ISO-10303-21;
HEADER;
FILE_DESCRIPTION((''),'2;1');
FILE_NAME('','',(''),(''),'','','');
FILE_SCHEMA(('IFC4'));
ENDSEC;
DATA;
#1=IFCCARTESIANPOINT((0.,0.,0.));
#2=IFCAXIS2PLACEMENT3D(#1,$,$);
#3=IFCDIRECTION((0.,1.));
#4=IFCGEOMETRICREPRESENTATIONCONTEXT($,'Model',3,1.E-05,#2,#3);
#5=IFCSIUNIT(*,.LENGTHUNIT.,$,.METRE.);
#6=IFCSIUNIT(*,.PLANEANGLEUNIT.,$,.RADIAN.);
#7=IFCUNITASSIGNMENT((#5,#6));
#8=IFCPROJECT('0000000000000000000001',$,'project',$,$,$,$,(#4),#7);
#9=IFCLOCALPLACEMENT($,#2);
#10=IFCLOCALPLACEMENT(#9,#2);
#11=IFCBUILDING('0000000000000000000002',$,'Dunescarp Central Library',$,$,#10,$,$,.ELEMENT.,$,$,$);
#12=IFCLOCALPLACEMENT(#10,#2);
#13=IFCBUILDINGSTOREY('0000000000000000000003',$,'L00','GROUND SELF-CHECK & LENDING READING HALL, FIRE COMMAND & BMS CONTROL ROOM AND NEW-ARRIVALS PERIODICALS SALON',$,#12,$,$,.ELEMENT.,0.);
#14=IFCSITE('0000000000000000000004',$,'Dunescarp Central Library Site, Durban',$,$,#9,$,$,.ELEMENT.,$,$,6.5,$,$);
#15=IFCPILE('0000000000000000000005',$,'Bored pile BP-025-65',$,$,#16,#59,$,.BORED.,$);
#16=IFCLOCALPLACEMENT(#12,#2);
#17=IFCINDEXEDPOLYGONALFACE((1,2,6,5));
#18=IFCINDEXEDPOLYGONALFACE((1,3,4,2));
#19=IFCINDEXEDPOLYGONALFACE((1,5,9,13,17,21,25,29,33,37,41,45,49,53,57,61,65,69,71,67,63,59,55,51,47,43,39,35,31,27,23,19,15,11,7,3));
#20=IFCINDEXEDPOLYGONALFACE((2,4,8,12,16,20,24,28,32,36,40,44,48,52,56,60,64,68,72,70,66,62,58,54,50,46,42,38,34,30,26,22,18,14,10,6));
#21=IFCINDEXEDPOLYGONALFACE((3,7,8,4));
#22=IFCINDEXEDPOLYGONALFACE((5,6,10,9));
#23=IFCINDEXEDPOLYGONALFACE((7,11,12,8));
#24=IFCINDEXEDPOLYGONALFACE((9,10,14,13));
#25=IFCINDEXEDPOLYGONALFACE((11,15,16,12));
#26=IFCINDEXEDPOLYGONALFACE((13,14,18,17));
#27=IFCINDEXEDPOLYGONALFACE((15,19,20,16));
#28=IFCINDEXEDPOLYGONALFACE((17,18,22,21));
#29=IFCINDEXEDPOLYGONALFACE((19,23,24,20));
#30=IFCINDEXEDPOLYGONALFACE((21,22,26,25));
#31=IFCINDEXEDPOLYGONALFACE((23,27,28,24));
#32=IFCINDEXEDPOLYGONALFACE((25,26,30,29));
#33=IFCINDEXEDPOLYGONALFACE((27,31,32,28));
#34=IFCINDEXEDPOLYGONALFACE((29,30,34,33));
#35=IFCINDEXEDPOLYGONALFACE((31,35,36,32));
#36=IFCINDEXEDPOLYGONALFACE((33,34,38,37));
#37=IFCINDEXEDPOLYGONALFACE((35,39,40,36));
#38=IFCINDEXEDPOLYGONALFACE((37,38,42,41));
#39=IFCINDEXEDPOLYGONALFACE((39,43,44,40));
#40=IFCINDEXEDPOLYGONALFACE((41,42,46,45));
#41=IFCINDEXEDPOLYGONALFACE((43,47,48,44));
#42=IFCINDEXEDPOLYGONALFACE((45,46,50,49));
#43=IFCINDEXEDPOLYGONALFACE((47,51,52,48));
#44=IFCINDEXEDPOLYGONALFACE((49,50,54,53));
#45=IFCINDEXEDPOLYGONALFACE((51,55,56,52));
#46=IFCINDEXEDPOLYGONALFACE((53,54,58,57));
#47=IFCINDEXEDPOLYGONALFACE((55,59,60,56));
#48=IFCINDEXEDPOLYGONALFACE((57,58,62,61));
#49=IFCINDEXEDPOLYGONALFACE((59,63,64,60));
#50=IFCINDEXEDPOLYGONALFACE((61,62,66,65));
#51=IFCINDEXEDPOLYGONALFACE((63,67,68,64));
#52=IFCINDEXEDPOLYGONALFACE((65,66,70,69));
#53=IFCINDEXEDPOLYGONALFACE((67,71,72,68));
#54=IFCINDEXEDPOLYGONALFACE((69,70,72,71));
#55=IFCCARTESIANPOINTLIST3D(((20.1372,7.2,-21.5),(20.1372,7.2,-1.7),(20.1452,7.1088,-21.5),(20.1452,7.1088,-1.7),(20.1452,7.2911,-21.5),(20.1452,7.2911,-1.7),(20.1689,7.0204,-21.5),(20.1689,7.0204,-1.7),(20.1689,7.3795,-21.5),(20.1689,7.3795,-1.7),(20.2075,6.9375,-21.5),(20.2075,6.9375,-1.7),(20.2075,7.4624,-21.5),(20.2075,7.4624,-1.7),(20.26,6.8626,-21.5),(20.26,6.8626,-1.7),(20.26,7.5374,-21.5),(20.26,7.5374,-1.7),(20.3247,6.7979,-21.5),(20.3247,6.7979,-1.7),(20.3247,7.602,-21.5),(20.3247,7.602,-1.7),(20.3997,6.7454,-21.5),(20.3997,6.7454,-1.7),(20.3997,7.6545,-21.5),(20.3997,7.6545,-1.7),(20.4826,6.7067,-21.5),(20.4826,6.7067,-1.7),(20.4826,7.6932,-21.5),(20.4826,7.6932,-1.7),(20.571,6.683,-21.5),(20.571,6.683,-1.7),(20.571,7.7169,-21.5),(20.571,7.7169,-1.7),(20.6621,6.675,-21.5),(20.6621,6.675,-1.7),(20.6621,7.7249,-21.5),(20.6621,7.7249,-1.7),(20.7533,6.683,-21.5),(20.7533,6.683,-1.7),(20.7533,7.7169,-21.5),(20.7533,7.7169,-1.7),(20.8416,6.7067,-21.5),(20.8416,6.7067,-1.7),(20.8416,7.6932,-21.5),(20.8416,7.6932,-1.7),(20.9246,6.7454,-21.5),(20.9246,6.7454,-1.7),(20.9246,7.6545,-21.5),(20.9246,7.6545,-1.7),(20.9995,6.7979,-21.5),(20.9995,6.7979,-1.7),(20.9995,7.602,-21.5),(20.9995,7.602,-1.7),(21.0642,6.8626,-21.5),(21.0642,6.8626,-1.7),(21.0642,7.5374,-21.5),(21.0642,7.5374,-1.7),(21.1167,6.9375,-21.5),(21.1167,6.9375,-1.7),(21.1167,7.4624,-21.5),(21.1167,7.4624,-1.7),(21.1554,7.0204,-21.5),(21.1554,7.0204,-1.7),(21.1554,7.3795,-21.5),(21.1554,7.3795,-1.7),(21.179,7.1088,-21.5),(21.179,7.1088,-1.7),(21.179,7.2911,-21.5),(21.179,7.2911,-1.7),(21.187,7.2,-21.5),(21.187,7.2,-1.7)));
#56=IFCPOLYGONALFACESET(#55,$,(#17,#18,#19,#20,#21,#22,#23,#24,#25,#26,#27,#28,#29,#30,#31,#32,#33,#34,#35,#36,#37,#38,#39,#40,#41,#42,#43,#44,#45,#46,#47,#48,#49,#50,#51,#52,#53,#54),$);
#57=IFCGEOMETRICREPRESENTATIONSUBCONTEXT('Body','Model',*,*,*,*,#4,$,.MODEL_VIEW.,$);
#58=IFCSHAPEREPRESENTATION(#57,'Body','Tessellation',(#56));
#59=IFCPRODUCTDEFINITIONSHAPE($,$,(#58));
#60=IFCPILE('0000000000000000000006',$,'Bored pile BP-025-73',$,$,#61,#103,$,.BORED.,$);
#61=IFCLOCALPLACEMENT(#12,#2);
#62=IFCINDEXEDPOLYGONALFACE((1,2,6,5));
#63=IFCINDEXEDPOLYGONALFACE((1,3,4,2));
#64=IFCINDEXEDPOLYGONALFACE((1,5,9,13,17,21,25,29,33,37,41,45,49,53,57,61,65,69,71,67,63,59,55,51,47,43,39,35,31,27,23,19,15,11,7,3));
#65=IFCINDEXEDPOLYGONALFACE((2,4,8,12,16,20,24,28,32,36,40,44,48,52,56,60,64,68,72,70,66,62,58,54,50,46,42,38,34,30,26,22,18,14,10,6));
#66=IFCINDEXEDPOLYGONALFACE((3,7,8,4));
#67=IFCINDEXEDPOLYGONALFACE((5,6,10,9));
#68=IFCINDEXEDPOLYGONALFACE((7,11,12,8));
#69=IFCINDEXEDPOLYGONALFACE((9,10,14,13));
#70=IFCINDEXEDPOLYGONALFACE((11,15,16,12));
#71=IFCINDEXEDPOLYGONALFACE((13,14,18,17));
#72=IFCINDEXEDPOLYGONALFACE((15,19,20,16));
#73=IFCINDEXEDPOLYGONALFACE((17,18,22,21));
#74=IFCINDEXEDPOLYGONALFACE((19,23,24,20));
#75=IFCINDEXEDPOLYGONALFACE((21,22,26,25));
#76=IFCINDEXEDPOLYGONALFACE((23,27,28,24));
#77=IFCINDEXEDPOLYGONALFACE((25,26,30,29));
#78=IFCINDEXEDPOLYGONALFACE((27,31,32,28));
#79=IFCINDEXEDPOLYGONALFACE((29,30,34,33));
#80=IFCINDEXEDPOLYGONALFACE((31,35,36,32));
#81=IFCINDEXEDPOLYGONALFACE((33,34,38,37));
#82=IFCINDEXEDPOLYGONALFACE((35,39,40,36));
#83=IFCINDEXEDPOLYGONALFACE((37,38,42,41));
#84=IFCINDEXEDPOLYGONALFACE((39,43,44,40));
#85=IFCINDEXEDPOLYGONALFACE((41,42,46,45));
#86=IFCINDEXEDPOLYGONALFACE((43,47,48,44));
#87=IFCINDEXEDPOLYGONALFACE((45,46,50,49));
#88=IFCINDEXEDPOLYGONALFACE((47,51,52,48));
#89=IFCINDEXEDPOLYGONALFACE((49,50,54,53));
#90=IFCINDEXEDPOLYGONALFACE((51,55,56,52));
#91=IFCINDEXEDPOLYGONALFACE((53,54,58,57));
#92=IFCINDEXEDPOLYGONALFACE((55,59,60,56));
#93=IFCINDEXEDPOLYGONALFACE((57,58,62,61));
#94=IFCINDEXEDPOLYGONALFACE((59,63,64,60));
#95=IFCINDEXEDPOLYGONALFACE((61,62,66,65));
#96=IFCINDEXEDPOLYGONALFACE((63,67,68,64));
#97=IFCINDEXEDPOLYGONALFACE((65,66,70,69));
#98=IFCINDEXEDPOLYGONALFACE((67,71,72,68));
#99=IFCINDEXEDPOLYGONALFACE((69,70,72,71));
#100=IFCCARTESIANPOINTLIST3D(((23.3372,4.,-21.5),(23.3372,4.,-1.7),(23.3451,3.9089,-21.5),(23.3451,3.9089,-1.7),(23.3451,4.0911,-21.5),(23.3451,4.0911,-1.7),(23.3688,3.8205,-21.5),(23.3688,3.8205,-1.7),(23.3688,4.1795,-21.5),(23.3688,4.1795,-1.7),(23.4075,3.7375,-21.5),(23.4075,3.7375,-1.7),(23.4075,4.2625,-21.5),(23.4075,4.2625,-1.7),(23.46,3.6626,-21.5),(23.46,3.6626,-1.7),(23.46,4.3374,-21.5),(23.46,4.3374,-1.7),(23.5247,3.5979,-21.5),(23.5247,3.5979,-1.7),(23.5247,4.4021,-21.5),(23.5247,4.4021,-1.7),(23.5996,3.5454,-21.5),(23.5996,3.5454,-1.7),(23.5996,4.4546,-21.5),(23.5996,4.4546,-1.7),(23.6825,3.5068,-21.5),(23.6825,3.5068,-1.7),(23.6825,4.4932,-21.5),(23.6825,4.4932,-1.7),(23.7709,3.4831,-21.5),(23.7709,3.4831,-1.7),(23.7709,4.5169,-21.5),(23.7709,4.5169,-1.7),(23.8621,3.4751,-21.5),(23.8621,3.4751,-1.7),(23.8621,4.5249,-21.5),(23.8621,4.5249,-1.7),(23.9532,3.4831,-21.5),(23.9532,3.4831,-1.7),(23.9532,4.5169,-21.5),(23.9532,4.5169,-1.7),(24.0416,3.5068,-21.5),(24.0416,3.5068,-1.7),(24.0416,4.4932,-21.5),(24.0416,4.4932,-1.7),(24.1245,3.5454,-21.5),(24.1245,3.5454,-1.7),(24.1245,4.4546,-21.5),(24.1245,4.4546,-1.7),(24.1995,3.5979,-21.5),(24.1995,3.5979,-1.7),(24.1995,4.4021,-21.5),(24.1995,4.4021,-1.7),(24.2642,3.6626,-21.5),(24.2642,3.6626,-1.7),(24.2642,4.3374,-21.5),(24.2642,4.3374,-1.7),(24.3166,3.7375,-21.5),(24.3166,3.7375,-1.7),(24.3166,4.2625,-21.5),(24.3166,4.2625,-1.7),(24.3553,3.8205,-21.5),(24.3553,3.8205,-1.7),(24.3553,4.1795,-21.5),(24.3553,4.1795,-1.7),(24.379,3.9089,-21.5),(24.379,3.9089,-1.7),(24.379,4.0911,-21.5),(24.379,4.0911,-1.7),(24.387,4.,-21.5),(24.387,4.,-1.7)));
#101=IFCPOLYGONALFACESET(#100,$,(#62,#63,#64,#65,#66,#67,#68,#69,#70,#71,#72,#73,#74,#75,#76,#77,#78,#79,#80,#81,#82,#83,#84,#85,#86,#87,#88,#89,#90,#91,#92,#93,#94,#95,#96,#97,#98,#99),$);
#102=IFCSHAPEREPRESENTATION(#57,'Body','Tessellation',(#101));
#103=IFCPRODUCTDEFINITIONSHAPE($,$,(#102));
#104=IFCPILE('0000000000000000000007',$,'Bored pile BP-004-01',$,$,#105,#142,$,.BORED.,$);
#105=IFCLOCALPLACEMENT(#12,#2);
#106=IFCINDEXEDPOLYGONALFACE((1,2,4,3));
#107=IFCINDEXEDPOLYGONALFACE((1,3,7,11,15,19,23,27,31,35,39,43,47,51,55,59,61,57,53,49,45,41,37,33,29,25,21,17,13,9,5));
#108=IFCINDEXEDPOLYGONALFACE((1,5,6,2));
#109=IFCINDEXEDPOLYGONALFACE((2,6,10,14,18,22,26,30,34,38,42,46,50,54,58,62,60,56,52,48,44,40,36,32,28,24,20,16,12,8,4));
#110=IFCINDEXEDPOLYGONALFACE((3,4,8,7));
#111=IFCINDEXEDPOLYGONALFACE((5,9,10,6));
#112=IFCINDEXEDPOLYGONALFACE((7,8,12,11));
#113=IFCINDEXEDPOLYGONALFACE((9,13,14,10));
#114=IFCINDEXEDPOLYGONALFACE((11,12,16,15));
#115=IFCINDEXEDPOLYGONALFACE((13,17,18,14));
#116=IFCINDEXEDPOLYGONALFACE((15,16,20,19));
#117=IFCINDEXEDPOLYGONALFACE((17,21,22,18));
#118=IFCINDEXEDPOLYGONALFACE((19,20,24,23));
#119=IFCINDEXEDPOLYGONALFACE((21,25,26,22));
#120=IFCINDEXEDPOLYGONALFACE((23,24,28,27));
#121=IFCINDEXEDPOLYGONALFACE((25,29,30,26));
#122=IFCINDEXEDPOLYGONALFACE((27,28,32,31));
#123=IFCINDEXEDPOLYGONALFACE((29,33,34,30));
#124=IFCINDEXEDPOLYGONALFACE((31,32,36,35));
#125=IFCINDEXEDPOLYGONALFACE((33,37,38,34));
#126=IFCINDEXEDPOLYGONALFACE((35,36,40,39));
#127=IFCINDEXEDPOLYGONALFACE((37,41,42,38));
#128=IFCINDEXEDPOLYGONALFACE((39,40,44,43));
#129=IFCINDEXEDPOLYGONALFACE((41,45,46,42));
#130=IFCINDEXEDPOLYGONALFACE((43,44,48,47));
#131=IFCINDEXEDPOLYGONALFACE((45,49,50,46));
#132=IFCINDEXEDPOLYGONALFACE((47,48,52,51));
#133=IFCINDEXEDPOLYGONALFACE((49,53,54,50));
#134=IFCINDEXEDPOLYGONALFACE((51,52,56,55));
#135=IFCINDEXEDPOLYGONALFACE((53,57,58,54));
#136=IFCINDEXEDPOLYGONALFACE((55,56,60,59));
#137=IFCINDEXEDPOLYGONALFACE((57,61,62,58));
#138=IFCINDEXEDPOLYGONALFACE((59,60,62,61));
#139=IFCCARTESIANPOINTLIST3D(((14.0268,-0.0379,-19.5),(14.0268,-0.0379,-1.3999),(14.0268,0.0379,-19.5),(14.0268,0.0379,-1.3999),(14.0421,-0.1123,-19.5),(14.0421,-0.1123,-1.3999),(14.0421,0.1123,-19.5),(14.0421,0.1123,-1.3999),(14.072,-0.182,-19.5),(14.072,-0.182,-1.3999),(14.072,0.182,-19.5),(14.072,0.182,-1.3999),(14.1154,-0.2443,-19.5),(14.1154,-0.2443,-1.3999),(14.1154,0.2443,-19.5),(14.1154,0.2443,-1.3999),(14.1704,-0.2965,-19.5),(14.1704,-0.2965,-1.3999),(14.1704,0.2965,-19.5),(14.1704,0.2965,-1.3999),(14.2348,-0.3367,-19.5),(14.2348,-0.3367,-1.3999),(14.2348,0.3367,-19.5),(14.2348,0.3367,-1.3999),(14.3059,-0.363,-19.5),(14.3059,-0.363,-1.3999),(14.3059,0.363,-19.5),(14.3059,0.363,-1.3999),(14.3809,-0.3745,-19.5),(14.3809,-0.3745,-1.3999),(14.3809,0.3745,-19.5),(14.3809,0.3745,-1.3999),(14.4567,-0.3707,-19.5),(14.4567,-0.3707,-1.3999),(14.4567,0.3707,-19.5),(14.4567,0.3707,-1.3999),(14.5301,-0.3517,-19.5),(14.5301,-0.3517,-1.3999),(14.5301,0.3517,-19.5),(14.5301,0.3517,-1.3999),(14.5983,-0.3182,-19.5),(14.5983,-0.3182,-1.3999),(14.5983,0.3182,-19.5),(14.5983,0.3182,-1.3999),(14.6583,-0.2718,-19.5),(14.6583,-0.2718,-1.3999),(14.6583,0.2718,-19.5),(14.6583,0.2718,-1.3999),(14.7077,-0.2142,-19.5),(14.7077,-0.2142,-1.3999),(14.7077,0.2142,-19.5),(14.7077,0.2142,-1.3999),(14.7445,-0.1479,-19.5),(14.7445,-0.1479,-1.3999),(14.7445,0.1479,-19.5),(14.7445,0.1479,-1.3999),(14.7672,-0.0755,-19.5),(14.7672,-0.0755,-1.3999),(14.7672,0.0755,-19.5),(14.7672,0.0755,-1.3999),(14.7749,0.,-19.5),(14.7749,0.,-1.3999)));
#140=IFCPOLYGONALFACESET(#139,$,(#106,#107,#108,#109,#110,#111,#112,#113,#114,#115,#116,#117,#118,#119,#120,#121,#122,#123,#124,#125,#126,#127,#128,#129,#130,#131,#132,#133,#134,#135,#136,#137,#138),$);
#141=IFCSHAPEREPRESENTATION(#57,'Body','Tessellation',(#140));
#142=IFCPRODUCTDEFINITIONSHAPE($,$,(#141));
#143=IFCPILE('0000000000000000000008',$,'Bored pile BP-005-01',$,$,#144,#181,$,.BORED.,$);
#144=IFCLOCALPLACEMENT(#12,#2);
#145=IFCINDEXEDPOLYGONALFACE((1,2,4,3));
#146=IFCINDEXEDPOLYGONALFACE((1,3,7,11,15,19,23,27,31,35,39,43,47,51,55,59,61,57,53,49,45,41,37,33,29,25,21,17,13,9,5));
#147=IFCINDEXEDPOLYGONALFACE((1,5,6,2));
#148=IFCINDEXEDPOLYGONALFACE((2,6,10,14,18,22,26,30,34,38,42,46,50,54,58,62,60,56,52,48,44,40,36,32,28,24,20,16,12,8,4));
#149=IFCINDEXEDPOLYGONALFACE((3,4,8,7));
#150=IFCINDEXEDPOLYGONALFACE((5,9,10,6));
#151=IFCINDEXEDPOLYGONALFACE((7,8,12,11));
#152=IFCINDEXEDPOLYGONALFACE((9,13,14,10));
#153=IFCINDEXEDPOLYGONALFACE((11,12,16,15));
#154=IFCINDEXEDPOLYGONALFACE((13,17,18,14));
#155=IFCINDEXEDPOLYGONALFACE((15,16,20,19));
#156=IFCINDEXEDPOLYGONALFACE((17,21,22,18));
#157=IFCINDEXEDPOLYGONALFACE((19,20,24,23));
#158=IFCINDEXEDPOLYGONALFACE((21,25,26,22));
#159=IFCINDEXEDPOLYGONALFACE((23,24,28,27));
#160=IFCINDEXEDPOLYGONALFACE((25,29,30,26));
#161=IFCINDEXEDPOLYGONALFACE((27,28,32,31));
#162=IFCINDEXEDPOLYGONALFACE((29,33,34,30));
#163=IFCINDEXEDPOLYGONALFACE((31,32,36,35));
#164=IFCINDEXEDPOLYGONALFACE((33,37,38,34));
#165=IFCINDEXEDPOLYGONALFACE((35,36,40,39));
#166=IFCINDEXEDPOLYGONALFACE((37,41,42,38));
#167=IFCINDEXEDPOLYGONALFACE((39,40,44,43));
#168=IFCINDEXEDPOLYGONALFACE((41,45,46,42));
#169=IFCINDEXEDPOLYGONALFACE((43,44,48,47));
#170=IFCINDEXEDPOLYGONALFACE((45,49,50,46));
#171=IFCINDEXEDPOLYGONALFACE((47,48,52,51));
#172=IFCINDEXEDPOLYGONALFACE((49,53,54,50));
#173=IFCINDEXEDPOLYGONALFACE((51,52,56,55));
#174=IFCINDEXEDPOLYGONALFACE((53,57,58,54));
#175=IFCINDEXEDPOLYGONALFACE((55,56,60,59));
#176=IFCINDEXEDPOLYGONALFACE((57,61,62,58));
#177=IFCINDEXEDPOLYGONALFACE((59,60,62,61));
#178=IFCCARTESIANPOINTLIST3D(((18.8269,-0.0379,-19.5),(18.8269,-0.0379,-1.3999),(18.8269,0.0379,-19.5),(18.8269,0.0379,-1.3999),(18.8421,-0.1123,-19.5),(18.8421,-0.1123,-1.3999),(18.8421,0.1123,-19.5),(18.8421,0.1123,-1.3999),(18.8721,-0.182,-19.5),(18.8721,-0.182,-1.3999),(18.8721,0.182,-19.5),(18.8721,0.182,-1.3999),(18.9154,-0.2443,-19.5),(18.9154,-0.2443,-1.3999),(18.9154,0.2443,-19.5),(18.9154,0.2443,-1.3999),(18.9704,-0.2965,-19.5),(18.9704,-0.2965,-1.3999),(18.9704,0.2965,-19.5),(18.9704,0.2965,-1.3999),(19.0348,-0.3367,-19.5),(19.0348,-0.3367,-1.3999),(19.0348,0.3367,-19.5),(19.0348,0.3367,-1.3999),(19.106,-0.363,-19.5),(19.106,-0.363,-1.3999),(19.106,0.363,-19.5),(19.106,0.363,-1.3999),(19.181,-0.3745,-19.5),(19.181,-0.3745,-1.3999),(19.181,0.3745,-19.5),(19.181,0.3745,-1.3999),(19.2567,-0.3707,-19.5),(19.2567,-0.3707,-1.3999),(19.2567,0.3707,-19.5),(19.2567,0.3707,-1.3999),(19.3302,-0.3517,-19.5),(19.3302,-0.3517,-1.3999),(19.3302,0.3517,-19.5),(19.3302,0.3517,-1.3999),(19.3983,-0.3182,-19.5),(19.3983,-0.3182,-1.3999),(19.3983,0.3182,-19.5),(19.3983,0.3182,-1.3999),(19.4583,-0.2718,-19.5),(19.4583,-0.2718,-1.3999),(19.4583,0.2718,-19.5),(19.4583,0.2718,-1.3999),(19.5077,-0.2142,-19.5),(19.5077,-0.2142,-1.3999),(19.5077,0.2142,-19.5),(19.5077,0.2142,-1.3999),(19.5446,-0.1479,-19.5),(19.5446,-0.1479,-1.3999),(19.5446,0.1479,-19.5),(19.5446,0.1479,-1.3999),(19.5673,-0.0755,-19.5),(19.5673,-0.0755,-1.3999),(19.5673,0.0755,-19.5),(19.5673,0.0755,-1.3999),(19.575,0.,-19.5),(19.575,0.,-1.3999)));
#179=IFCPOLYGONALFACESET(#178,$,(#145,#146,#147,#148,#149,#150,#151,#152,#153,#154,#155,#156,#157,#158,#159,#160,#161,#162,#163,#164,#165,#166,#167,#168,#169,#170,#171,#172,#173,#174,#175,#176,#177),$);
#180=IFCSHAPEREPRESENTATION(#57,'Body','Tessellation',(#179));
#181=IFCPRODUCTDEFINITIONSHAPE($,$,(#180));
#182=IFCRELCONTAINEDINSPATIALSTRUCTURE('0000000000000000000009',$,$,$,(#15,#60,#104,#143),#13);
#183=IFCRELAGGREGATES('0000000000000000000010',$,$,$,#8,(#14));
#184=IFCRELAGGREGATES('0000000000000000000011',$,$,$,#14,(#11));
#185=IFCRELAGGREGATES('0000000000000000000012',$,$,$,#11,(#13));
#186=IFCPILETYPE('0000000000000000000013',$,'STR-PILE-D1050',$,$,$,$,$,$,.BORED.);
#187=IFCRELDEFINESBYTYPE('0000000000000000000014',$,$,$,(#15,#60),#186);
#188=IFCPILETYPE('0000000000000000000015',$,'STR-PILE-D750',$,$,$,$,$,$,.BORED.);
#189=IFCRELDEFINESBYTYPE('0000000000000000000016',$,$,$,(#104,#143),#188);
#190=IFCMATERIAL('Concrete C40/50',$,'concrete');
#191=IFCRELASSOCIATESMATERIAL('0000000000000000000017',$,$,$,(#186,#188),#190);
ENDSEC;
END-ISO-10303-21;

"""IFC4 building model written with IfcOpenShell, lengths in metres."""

from ifc_helpers import new_model, si_unit, direction, frame, origin, origin_2d, place, context, subcontext, project, spatial, circle, extrude, material, material_profile, profile_set, type_object, element, save


model = new_model("IFC4")

# Units and contexts
model_context = context("Model", 3, precision=1e-05, world=origin(), true_north=direction((0.0, 1.0)))
body_context = subcontext(model_context, "Body", "Model", "MODEL_VIEW")
ifc_project = project(units=[si_unit("LENGTHUNIT", "METRE"), si_unit("PLANEANGLEUNIT", "RADIAN")], contexts=[model_context])

# Site, building, storey
site_placement = place(None, origin())
site = spatial("IfcSite", under=ifc_project, at=site_placement, Name="Dunescarp Central Library Site, Durban", CompositionType="ELEMENT", RefElevation=6.5)
building_placement = place(site_placement, origin())
building = spatial("IfcBuilding", under=site, at=building_placement, Name="Dunescarp Central Library", CompositionType="ELEMENT")
storey_placement = place(building_placement, origin())
storey = spatial("IfcBuildingStorey", under=building, at=storey_placement, Name="L00", Description="GROUND SELF-CHECK & LENDING READING HALL, FIRE COMMAND & BMS CONTROL ROOM AND NEW-ARRIVALS PERIODICALS SALON", CompositionType="ELEMENT", Elevation=0.0)

# Shared definitions
ifc_material_1 = material(Name="Concrete C40/50", Category="concrete")

# Piles
ifc_material_profile_1 = material_profile(ifc_material_1, circle(Radius=0.5249, at=origin_2d()), Name="PILE D1050")
ifc_profile_set_1 = profile_set([ifc_material_profile_1], Name="Concrete C40/50")
pile_type_1 = type_object("IfcPileType", Name="STR-PILE-D1050", PredefinedType="BORED", material=ifc_profile_set_1)
for number, where, z_axis, x_axis, name in (
    (1, (20.6621, 7.2, -1.7), (0.0, 0.0, -1.0), (1.0, 0.0, 0.0), "Bored pile BP-025-65"),
    (2, (23.8621, 4.0, -1.7), (0.0, 0.0, -1.0), (1.0, 0.0, 0.0), "Bored pile BP-025-73"),
):
    element("IfcPile", number, at=place(storey_placement, frame(where, z_axis=z_axis, x_axis=x_axis)), inside=storey, type_object=pile_type_1, Name=name, PredefinedType="BORED", context=body_context, shape_type="SweptSolid", body=[
        extrude(circle(Radius=0.5249, at=origin_2d()), origin(), (0.0, 0.0, 1.0), 19.8),
    ])
ifc_material_profile_2 = material_profile(ifc_material_1, circle(Radius=0.375, at=origin_2d()), Name="PILE D750")
ifc_profile_set_2 = profile_set([ifc_material_profile_2], Name="Concrete C40/50")
pile_type_2 = type_object("IfcPileType", Name="STR-PILE-D750", PredefinedType="BORED", material=ifc_profile_set_2)
for number, where, z_axis, x_axis, name in (
    (3, (14.3999, 0.0, -1.3999), (0.0, 0.0, -1.0), (1.0, 0.0, 0.0), "Bored pile BP-004-01"),
    (4, (19.2, 0.0, -1.3999), (0.0, 0.0, -1.0), (1.0, 0.0, 0.0), "Bored pile BP-005-01"),
):
    element("IfcPile", number, at=place(storey_placement, frame(where, z_axis=z_axis, x_axis=x_axis)), inside=storey, type_object=pile_type_2, Name=name, PredefinedType="BORED", context=body_context, shape_type="SweptSolid", body=[
        extrude(circle(Radius=0.375, at=origin_2d()), origin(), (0.0, 0.0, 1.0), 18.1001),
    ])

save(model, "model.ifc")
